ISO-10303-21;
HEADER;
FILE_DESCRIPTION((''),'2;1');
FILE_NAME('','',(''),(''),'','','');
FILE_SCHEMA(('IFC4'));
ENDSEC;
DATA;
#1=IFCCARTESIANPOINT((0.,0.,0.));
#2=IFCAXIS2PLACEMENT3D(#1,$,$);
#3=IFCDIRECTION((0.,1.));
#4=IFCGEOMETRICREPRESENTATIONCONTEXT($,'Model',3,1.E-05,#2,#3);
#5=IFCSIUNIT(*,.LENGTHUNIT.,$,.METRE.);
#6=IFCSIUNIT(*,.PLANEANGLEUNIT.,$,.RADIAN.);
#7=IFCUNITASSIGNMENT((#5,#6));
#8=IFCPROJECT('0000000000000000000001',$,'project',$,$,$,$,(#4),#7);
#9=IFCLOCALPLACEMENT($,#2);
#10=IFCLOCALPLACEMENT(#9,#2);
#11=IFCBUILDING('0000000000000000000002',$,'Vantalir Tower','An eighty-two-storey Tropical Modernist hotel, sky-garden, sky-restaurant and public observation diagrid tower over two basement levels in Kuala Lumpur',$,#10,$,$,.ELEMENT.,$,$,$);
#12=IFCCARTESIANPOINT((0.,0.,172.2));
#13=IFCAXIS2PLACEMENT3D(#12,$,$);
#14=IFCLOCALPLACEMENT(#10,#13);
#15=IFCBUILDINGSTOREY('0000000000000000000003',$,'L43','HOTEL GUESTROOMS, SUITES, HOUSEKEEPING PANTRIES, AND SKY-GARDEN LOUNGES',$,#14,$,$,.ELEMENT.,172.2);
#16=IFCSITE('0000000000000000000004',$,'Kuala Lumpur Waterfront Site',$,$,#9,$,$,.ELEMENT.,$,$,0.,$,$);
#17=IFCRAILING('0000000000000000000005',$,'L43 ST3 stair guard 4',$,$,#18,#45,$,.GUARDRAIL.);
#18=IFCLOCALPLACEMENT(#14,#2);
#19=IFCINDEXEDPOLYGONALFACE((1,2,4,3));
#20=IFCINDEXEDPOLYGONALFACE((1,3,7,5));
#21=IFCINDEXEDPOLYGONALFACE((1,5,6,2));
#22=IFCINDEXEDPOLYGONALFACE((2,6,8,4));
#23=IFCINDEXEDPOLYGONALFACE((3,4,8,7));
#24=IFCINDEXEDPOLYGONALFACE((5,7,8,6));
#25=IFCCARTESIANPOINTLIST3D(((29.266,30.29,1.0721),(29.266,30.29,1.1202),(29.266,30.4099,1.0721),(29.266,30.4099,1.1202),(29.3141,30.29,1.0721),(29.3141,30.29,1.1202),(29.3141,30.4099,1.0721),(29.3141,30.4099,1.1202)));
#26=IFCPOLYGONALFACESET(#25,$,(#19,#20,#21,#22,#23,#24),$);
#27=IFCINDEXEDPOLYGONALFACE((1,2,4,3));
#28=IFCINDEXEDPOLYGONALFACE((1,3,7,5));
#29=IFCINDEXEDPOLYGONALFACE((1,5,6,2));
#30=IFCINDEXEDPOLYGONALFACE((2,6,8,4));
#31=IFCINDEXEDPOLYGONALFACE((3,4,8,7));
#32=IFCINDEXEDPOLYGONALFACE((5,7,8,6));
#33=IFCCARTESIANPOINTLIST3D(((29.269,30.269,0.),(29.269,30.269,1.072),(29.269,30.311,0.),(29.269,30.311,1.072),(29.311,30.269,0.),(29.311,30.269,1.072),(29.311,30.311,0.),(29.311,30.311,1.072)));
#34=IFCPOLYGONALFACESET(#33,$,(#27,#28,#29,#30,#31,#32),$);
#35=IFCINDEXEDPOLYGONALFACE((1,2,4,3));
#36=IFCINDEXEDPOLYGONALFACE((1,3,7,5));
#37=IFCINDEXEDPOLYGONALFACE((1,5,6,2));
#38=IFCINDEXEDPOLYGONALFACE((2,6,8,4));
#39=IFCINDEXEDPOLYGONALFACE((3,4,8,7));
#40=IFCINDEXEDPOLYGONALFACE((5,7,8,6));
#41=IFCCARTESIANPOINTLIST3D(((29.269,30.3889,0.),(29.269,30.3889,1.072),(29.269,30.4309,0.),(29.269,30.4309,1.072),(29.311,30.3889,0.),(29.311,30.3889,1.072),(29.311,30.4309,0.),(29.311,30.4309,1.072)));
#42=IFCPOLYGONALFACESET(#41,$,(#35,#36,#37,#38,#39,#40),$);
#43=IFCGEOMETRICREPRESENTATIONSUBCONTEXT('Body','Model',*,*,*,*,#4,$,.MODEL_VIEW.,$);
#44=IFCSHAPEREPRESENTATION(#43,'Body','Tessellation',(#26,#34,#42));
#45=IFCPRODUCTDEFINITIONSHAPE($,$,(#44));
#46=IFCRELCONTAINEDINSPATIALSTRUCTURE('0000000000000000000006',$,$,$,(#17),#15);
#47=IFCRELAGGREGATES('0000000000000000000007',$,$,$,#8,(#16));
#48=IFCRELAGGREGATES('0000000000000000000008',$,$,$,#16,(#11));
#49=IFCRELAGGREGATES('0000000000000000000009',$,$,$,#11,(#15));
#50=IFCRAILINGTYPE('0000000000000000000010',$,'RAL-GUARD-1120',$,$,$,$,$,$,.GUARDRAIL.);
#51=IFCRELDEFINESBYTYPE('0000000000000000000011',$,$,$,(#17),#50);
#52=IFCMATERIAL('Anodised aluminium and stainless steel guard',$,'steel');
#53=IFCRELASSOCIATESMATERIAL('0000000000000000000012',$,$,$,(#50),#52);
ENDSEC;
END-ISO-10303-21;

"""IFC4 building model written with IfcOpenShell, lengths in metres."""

from ifc_helpers import new_model, si_unit, direction, frame, origin, origin_2d, place, context, subcontext, project, spatial, rectangle, extrude, material, type_object, element, save


model = new_model("IFC4")

# Units and contexts
model_context = context("Model", 3, precision=1e-05, world=origin(), true_north=direction((0.0, 1.0)))
body_context = subcontext(model_context, "Body", "Model", "MODEL_VIEW")
ifc_project = project(units=[si_unit("LENGTHUNIT", "METRE"), si_unit("PLANEANGLEUNIT", "RADIAN")], contexts=[model_context])

# Site, building, storey
site_placement = place(None, origin())
site = spatial("IfcSite", under=ifc_project, at=site_placement, Name="Kuala Lumpur Waterfront Site", CompositionType="ELEMENT", RefElevation=0.0)
building_placement = place(site_placement, origin())
building = spatial("IfcBuilding", under=site, at=building_placement, Name="Vantalir Tower", Description="An eighty-two-storey Tropical Modernist hotel, sky-garden, sky-restaurant and public observation diagrid tower over two basement levels in Kuala Lumpur", CompositionType="ELEMENT")
storey_placement = place(building_placement, frame((0.0, 0.0, 172.2)))
storey = spatial("IfcBuildingStorey", under=building, at=storey_placement, Name="L43", Description="HOTEL GUESTROOMS, SUITES, HOUSEKEEPING PANTRIES, AND SKY-GARDEN LOUNGES", CompositionType="ELEMENT", Elevation=172.2)

# Railing
ifc_material_1 = material(Name="Anodised aluminium and stainless steel guard", Category="steel")
railing_type = type_object("IfcRailingType", Name="RAL-GUARD-1120", PredefinedType="GUARDRAIL", material=ifc_material_1)
railing_placement = place(storey_placement, frame((29.29, 30.29, 0.0)))
element("IfcRailing", 1, at=railing_placement, inside=storey, type_object=railing_type, Name="L43 ST3 stair guard 4", PredefinedType="GUARDRAIL", context=body_context, shape_type="SweptSolid", body=[
    extrude(rectangle(XDim=0.0481, YDim=0.0481, at=origin_2d()), frame((0.0, 0.0, 1.0962), z_axis=(0.0, 1.0, 0.0), x_axis=(-1.0, 0.0, 0.0)), (0.0, 0.0, 1.0), 0.1199),
    extrude(rectangle(XDim=0.042, YDim=0.042, at=origin_2d()), origin(), (0.0, 0.0, 1.0), 1.072),
    extrude(rectangle(XDim=0.042, YDim=0.042, at=origin_2d()), frame((0.0, 0.1199, 0.0)), (0.0, 0.0, 1.0), 1.072),
])

save(model, "model.ifc")
